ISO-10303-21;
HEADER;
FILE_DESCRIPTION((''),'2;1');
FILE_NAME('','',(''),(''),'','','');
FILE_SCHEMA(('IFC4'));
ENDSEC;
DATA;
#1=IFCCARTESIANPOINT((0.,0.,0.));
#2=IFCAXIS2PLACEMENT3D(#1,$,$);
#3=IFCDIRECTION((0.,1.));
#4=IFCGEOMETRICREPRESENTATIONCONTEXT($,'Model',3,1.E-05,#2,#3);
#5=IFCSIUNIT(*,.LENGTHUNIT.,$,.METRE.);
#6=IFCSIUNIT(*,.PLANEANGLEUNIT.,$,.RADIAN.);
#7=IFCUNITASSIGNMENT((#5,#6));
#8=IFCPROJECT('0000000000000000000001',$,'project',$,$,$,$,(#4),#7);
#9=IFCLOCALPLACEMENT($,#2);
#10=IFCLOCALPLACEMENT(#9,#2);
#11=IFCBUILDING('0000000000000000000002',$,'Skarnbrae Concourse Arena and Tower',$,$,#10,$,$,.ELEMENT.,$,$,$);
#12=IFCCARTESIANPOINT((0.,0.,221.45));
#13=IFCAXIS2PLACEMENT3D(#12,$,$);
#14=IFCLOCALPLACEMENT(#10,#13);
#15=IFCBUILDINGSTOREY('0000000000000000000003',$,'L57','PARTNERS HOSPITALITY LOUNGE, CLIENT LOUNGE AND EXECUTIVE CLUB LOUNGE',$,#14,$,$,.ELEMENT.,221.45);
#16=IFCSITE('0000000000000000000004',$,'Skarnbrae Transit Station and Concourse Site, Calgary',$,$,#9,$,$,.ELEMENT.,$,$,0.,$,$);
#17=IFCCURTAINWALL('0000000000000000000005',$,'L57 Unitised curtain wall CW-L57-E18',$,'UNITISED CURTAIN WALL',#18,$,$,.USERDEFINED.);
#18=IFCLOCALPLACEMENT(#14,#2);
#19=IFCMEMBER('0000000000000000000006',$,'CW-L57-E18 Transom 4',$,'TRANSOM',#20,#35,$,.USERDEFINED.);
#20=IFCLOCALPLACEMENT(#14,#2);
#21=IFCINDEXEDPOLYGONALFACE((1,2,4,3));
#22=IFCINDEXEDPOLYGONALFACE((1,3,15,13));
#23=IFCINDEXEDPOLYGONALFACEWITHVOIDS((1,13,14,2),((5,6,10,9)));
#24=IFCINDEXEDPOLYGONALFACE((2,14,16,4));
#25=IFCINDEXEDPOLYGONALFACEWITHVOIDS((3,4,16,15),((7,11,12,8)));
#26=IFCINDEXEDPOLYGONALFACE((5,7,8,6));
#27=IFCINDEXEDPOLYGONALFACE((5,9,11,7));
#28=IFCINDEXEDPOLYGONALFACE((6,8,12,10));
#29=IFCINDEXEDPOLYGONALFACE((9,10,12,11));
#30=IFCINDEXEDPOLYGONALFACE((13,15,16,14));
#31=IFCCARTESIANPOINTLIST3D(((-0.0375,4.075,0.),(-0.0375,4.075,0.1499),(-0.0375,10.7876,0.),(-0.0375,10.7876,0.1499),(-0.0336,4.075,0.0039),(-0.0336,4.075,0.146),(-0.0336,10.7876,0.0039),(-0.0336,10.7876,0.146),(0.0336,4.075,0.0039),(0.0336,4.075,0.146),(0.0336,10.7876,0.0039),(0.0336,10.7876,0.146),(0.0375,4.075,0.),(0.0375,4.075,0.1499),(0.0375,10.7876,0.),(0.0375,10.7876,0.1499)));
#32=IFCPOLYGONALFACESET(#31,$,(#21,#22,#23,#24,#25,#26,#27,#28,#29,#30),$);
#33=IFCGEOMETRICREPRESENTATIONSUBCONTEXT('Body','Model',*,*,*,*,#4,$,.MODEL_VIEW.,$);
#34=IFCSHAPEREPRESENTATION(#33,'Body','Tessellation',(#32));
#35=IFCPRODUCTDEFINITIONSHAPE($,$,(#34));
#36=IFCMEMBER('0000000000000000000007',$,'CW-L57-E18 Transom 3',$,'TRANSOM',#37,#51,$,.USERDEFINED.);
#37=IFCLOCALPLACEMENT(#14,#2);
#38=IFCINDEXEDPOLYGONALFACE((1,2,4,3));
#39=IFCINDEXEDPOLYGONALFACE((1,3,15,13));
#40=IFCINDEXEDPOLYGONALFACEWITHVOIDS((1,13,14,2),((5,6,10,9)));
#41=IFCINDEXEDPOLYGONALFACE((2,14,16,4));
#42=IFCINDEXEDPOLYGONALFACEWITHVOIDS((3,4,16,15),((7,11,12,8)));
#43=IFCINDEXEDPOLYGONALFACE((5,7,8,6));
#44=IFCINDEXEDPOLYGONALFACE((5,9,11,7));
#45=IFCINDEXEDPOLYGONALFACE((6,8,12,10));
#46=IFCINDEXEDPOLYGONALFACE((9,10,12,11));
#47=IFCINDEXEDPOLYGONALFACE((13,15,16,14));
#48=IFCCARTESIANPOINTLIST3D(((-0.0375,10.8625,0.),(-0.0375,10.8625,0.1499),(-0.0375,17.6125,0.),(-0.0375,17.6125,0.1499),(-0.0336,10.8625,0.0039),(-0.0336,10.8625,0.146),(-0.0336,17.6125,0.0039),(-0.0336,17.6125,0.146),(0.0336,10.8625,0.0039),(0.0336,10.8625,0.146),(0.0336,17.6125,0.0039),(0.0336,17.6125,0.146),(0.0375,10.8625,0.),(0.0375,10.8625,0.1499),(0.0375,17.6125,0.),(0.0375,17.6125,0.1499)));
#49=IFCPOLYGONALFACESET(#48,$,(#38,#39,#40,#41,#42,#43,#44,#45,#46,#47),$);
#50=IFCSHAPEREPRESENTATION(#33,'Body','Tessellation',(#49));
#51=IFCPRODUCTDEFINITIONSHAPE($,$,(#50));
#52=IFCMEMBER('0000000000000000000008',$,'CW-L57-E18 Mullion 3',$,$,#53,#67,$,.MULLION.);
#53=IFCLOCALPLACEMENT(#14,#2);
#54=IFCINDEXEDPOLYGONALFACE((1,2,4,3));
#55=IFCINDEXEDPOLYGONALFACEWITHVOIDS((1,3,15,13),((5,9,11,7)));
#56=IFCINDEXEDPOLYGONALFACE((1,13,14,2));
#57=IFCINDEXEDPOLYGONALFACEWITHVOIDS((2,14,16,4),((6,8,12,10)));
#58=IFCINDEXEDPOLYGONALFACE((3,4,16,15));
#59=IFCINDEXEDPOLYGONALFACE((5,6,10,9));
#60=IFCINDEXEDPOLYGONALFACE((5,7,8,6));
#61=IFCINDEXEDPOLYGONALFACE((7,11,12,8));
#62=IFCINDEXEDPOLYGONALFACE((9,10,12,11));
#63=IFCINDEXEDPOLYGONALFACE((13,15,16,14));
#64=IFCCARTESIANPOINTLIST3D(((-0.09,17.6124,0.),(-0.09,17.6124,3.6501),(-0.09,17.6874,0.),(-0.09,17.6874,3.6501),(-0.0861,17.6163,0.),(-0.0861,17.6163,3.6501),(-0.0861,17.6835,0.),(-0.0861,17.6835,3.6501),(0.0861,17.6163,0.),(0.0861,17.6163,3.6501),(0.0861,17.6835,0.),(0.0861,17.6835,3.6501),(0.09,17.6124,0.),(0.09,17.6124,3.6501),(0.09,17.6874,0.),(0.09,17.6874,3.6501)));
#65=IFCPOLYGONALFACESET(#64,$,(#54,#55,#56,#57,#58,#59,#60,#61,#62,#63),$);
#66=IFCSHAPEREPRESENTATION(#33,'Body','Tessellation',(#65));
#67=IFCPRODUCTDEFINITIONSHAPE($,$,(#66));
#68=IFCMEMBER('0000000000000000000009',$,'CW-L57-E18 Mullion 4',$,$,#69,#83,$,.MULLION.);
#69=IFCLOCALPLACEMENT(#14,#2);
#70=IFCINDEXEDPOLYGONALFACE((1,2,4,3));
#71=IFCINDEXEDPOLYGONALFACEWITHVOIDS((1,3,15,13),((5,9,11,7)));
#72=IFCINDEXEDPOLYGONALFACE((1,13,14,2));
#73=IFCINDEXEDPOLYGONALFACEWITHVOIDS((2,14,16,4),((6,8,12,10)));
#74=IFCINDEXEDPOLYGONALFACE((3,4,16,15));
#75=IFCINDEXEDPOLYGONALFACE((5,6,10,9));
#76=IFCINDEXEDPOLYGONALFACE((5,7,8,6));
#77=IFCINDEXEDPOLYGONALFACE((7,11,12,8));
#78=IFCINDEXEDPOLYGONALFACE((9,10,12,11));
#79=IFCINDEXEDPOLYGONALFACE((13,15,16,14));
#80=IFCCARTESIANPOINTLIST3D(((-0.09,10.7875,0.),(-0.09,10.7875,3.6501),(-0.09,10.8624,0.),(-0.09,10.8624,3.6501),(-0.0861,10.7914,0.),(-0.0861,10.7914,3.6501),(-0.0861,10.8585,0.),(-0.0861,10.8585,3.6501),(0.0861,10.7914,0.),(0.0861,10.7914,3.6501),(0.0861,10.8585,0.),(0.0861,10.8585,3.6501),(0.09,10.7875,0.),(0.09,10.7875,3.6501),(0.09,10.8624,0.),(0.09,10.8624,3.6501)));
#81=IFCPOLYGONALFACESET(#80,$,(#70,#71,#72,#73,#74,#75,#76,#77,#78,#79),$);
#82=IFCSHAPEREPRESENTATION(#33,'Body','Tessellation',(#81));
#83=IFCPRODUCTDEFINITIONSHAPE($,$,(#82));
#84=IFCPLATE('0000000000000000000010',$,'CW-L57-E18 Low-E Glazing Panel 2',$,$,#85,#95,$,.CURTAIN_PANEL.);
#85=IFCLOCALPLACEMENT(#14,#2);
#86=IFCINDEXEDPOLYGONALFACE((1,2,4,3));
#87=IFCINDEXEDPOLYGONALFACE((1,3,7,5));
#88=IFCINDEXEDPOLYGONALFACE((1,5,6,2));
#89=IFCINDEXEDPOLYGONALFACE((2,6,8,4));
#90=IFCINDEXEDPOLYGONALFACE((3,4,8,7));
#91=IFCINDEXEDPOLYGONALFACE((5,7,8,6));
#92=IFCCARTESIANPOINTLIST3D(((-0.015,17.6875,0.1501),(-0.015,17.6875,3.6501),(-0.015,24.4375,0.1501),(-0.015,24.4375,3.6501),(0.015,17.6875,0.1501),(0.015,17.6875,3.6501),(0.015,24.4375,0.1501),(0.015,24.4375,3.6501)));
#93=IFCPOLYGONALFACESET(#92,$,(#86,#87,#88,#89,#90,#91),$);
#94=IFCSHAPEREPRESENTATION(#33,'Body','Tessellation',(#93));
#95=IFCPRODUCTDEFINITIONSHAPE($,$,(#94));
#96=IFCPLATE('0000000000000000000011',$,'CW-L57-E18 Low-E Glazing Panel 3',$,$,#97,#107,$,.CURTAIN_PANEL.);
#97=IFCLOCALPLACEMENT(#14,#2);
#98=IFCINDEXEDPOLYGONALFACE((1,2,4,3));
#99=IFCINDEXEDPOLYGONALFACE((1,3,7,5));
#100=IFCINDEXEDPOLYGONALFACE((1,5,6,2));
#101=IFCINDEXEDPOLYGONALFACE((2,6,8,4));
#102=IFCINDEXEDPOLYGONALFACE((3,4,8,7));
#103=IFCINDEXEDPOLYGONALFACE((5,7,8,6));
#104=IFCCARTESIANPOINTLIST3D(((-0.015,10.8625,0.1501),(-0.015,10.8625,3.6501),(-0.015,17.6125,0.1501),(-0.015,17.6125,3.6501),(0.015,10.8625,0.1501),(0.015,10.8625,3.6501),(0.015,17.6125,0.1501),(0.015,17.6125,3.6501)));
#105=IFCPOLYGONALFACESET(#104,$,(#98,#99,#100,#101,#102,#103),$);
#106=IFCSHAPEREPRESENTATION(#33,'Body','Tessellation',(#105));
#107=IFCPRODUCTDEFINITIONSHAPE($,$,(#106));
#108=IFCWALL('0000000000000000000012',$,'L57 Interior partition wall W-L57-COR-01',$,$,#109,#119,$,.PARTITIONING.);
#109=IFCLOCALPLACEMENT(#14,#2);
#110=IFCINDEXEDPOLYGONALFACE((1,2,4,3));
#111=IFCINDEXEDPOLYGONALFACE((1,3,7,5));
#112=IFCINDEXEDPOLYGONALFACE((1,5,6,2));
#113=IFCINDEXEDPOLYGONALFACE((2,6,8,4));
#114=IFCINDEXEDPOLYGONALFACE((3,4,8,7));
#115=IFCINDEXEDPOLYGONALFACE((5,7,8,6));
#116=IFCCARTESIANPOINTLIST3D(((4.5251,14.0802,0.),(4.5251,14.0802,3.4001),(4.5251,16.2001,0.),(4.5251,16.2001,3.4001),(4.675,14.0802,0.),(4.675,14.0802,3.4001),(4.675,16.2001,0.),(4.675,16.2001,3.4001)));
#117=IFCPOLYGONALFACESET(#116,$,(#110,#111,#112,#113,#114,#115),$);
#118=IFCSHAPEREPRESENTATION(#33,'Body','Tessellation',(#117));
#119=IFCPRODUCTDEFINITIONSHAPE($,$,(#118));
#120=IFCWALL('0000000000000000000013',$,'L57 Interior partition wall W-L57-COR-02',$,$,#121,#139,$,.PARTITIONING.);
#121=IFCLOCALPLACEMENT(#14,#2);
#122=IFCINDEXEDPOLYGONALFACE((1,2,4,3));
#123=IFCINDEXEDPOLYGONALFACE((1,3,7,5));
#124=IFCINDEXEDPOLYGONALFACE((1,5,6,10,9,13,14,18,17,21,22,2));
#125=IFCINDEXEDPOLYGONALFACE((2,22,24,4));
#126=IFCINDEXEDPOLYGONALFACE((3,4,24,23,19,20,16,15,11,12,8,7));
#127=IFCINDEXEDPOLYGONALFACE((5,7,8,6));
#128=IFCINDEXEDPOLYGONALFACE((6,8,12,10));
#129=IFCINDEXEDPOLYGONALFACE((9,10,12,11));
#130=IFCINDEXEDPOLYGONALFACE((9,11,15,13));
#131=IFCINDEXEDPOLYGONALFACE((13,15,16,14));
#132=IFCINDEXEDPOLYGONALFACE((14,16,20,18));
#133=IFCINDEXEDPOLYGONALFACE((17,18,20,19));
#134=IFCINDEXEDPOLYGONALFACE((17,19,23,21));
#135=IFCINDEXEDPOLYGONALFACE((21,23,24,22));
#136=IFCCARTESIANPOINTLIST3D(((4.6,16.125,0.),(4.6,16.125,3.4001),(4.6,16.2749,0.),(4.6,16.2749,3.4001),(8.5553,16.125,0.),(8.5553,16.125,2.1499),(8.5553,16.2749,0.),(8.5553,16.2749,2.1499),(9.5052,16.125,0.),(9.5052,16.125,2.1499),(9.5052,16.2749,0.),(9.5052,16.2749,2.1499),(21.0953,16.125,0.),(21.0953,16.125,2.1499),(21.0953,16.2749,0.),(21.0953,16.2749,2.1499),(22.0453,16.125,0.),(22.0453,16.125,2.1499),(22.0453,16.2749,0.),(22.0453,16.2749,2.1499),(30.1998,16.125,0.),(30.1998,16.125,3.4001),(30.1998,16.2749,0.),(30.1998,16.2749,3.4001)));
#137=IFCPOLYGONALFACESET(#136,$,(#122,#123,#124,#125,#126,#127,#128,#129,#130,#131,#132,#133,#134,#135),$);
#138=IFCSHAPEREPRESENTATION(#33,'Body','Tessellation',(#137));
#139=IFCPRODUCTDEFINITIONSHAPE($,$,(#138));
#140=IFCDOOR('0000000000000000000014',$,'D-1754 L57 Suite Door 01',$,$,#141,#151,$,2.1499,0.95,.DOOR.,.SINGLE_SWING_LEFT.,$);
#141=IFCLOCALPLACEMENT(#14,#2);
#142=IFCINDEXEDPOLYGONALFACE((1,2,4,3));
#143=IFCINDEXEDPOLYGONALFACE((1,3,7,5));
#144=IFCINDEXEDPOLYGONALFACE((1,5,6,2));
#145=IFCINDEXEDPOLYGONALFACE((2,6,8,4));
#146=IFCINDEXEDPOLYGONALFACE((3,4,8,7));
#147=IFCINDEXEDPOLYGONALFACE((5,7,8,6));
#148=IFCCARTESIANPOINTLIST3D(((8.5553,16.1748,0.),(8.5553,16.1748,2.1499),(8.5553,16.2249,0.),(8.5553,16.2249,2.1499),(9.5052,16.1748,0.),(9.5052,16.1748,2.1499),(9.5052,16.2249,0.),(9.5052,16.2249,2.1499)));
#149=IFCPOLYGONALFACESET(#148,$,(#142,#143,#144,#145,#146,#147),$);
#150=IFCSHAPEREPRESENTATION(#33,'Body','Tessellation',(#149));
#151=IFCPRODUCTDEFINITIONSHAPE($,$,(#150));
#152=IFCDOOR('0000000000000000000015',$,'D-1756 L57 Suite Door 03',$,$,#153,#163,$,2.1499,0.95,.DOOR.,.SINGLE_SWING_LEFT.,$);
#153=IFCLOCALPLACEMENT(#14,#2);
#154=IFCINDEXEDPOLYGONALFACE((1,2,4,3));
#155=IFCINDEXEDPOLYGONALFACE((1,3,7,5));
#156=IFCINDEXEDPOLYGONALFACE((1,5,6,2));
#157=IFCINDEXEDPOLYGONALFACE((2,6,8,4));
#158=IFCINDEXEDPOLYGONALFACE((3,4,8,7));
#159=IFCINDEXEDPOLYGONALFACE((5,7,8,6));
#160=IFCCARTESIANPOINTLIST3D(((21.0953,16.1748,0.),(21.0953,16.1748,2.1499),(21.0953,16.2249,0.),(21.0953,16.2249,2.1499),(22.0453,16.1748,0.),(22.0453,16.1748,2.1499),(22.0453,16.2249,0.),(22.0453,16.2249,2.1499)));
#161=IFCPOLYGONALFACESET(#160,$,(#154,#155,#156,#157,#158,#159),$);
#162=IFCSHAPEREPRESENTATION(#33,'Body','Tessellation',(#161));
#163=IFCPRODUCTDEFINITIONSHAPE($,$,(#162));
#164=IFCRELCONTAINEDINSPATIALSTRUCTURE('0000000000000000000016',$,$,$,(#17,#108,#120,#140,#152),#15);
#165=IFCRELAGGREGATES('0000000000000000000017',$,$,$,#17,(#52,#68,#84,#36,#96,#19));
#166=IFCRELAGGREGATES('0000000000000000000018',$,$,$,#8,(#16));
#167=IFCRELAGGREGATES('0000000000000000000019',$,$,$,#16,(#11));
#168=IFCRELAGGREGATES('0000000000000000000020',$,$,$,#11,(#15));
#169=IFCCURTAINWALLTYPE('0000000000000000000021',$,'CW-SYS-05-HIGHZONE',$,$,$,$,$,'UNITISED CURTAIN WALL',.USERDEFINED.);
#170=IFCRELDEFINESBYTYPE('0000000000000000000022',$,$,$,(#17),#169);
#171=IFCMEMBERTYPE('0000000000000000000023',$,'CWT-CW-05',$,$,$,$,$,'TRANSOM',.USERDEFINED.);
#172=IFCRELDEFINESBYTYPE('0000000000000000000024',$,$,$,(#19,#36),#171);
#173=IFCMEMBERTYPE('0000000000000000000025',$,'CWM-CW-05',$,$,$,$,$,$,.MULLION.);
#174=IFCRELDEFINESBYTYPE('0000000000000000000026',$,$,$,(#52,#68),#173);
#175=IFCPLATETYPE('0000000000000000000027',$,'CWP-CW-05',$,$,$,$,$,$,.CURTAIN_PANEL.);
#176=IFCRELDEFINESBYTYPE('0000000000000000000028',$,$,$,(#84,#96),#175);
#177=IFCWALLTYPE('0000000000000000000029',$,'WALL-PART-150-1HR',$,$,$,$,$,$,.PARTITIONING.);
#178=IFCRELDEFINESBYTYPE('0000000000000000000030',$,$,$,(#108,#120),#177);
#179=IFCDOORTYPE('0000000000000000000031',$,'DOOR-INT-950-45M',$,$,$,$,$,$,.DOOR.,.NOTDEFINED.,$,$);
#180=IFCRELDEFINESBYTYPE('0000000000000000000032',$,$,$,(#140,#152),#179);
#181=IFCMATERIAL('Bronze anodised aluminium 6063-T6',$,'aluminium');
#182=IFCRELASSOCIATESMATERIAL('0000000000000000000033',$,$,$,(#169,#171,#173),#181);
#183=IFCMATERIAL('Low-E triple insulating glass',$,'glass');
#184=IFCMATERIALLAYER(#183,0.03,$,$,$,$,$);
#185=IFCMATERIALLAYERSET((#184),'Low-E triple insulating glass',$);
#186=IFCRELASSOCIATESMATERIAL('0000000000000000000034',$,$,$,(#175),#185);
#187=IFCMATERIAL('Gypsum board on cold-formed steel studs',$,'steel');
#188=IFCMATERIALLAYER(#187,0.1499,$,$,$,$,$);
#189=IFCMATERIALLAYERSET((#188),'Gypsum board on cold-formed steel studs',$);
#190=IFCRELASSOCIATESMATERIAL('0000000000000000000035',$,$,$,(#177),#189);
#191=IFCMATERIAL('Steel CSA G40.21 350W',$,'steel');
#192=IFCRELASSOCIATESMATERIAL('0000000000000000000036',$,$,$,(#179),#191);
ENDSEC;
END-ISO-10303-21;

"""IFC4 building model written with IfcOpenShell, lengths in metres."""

from ifc_helpers import new_model, si_unit, direction, frame, frame_2d, origin, origin_2d, place, context, subcontext, project, spatial, rectangle, hollow_rectangle, extrude, source, transform, mapped, material, layer, layer_set, material_profile, profile_set, type_object, element, fill, aggregate, save


model = new_model("IFC4")

# Units and contexts
model_context = context("Model", 3, precision=1e-05, world=origin(), true_north=direction((0.0, 1.0)))
body_context = subcontext(model_context, "Body", "Model", "MODEL_VIEW")
ifc_project = project(units=[si_unit("LENGTHUNIT", "METRE"), si_unit("PLANEANGLEUNIT", "RADIAN")], contexts=[model_context])

# Site, building, storey
site_placement = place(None, origin())
site = spatial("IfcSite", under=ifc_project, at=site_placement, Name="Skarnbrae Transit Station and Concourse Site, Calgary", CompositionType="ELEMENT", RefElevation=0.0)
building_placement = place(site_placement, origin())
building = spatial("IfcBuilding", under=site, at=building_placement, Name="Skarnbrae Concourse Arena and Tower", CompositionType="ELEMENT")
storey_placement = place(building_placement, frame((0.0, 0.0, 221.45)))
storey = spatial("IfcBuildingStorey", under=building, at=storey_placement, Name="L57", Description="PARTNERS HOSPITALITY LOUNGE, CLIENT LOUNGE AND EXECUTIVE CLUB LOUNGE", CompositionType="ELEMENT", Elevation=221.45)

# Shared definitions
ifc_material_1 = material(Name="Steel CSA G40.21 350W", Category="steel")

# Curtain wall, members, plates
ifc_material_2 = material(Name="Bronze anodised aluminium 6063-T6", Category="aluminium")
curtain_wall_type = type_object("IfcCurtainWallType", Name="CW-SYS-05-HIGHZONE", ElementType="UNITISED CURTAIN WALL", PredefinedType="USERDEFINED", material=ifc_material_2)
curtain_wall_placement = place(storey_placement, origin())
curtain_wall = element("IfcCurtainWall", 1, at=curtain_wall_placement, inside=storey, type_object=curtain_wall_type, Name="L57 Unitised curtain wall CW-L57-E18", ObjectType="UNITISED CURTAIN WALL", PredefinedType="USERDEFINED")
ifc_material_profile_1 = material_profile(ifc_material_2, hollow_rectangle(XDim=0.075, YDim=0.1499, WallThickness=0.0039, at=origin_2d()), Name="ALU-TRAN-75X150")
ifc_profile_set_1 = profile_set([ifc_material_profile_1], Name="Bronze anodised aluminium 6063-T6")
member_type_1 = type_object("IfcMemberType", Name="CWT-CW-05", ElementType="TRANSOM", PredefinedType="USERDEFINED", material=ifc_profile_set_1)
shared_shape_1 = source(origin(), body_context, "Body", "SweptSolid", [
    extrude(hollow_rectangle(XDim=0.075, YDim=0.1499, WallThickness=0.0039, at=origin_2d()), origin(), (0.0, 0.0, 1.0), 6.7126),
])
member_1_placement = place(storey_placement, frame((0.0, 10.7876, 0.075), z_axis=(0.0, -1.0, 0.0), x_axis=(1.0, 0.0, 0.0)))
member_1 = element("IfcMember", 2, at=member_1_placement, type_object=member_type_1, Name="CW-L57-E18 Transom 4", ObjectType="TRANSOM", PredefinedType="USERDEFINED", context=body_context, shape_type="MappedRepresentation", body=[
    mapped(shared_shape_1, transform((0.0, 0.0, 0.0))),
])
shared_shape_2 = source(origin(), body_context, "Body", "SweptSolid", [
    extrude(hollow_rectangle(XDim=0.075, YDim=0.1499, WallThickness=0.0039, at=origin_2d()), origin(), (0.0, 0.0, 1.0), 6.75),
])
member_2_placement = place(storey_placement, frame((0.0, 17.6125, 0.075), z_axis=(0.0, -1.0, 0.0), x_axis=(1.0, 0.0, 0.0)))
member_2 = element("IfcMember", 3, at=member_2_placement, type_object=member_type_1, Name="CW-L57-E18 Transom 3", ObjectType="TRANSOM", PredefinedType="USERDEFINED", context=body_context, shape_type="MappedRepresentation", body=[
    mapped(shared_shape_2, transform((0.0, 0.0, 0.0))),
])
ifc_material_profile_2 = material_profile(ifc_material_2, hollow_rectangle(XDim=0.075, YDim=0.1799, WallThickness=0.0039, at=origin_2d()), Name="ALU-MULL-75X180")
ifc_profile_set_2 = profile_set([ifc_material_profile_2], Name="Bronze anodised aluminium 6063-T6")
member_type_2 = type_object("IfcMemberType", Name="CWM-CW-05", PredefinedType="MULLION", material=ifc_profile_set_2)
shared_shape_3 = source(origin(), body_context, "Body", "SweptSolid", [
    extrude(hollow_rectangle(XDim=0.075, YDim=0.1799, WallThickness=0.0039, at=origin_2d()), origin(), (0.0, 0.0, 1.0), 3.6501),
])
member_3_placement = place(storey_placement, frame((0.0, 17.6499, 0.0), z_axis=(0.0, 0.0, 1.0), x_axis=(0.0, -1.0, 0.0)))
member_3 = element("IfcMember", 4, at=member_3_placement, type_object=member_type_2, Name="CW-L57-E18 Mullion 3", PredefinedType="MULLION", context=body_context, shape_type="MappedRepresentation", body=[
    mapped(shared_shape_3, transform((0.0, 0.0, 0.0))),
])
member_4_placement = place(storey_placement, frame((0.0, 10.825, 0.0), z_axis=(0.0, 0.0, 1.0), x_axis=(0.0, -1.0, 0.0)))
member_4 = element("IfcMember", 5, at=member_4_placement, type_object=member_type_2, Name="CW-L57-E18 Mullion 4", PredefinedType="MULLION", context=body_context, shape_type="MappedRepresentation", body=[
    mapped(shared_shape_3, transform((0.0, 0.0, 0.0))),
])
ifc_material_3 = material(Name="Low-E triple insulating glass", Category="glass")
ifc_layer_1 = layer(ifc_material_3, 0.03)
ifc_layer_set_1 = layer_set([ifc_layer_1], Name="Low-E triple insulating glass")
plate_type = type_object("IfcPlateType", Name="CWP-CW-05", PredefinedType="CURTAIN_PANEL", material=ifc_layer_set_1)
shared_shape_4 = source(origin(), body_context, "Body", "SweptSolid", [
    extrude(rectangle(XDim=6.75, YDim=0.03, at=origin_2d()), origin(), (0.0, 0.0, 1.0), 3.5),
])
plate_1_placement = place(storey_placement, frame((0.0, 21.0625, 0.1501), z_axis=(0.0, 0.0, 1.0), x_axis=(0.0, -1.0, 0.0)))
plate_1 = element("IfcPlate", 6, at=plate_1_placement, type_object=plate_type, Name="CW-L57-E18 Low-E Glazing Panel 2", PredefinedType="CURTAIN_PANEL", context=body_context, shape_type="MappedRepresentation", body=[
    mapped(shared_shape_4, transform((0.0, 0.0, 0.0))),
])
plate_2_placement = place(storey_placement, frame((0.0, 14.2375, 0.1501), z_axis=(0.0, 0.0, 1.0), x_axis=(0.0, -1.0, 0.0)))
plate_2 = element("IfcPlate", 7, at=plate_2_placement, type_object=plate_type, Name="CW-L57-E18 Low-E Glazing Panel 3", PredefinedType="CURTAIN_PANEL", context=body_context, shape_type="MappedRepresentation", body=[
    mapped(shared_shape_4, transform((0.0, 0.0, 0.0))),
])
aggregate(curtain_wall, [member_3, member_4, plate_1, member_2, plate_2, member_1])

# Wall
ifc_material_4 = material(Name="Gypsum board on cold-formed steel studs", Category="steel")
ifc_layer_2 = layer(ifc_material_4, 0.1499)
ifc_layer_set_2 = layer_set([ifc_layer_2], Name="Gypsum board on cold-formed steel studs")
wall_type_1 = type_object("IfcWallType", Name="WALL-PART-150-1HR", PredefinedType="PARTITIONING", material=ifc_layer_set_2)
shared_shape_5 = source(origin(), body_context, "Body", "SweptSolid", [
    extrude(rectangle(XDim=2.1199, YDim=0.1499, at=frame_2d((1.0601, 0.0))), origin(), (0.0, 0.0, 1.0), 3.4001),
])
wall_1_placement = place(storey_placement, frame((4.6001, 14.0801, 0.0), z_axis=(0.0, 0.0, 1.0), x_axis=(0.0, 1.0, 0.0)))
element("IfcWall", 8, at=wall_1_placement, inside=storey, type_object=wall_type_1, Name="L57 Interior partition wall W-L57-COR-01", PredefinedType="PARTITIONING", context=body_context, shape_type="MappedRepresentation", body=[
    mapped(shared_shape_5, transform((0.0, 0.0, 0.0))),
])

# Wall, openings, doors
shared_shape_6 = source(origin(), body_context, "Body", "SweptSolid", [
    extrude(rectangle(XDim=25.5999, YDim=0.1499, at=frame_2d((12.7998, 0.0))), origin(), (0.0, 0.0, 1.0), 3.4001),
])
wall_2_placement = place(storey_placement, frame((4.6001, 16.2, 0.0), z_axis=(0.0, 0.0, 1.0), x_axis=(1.0, 0.0, 0.0)))
wall_2 = element("IfcWall", 9, at=wall_2_placement, inside=storey, type_object=wall_type_1, Name="L57 Interior partition wall W-L57-COR-02", PredefinedType="PARTITIONING", context=body_context, shape_type="MappedRepresentation", body=[
    mapped(shared_shape_6, transform((0.0, 0.0, 0.0))),
])
opening_1_placement = place(wall_2_placement, frame((3.9551, 0.0, 0.0)))
opening_1 = element("IfcOpeningElement", 10, at=opening_1_placement, cuts=wall_2, PredefinedType="OPENING", context=body_context, shape_type="SweptSolid", body=[
    extrude(rectangle(XDim=0.95, YDim=2.1499, at=frame_2d((0.4751, 1.075))), frame((0.0, 0.085, 0.0), z_axis=(0.0, -1.0, 0.0), x_axis=(1.0, 0.0, 0.0)), (0.0, 0.0, 1.0), 0.1699),
])
opening_2_placement = place(wall_2_placement, frame((16.4951, 0.0, 0.0)))
opening_2 = element("IfcOpeningElement", 11, at=opening_2_placement, cuts=wall_2, PredefinedType="OPENING", context=body_context, shape_type="SweptSolid", body=[
    extrude(rectangle(XDim=0.95, YDim=2.1499, at=frame_2d((0.4751, 1.075))), frame((0.0, 0.085, 0.0), z_axis=(0.0, -1.0, 0.0), x_axis=(1.0, 0.0, 0.0)), (0.0, 0.0, 1.0), 0.1699),
])
door_type_1 = type_object("IfcDoorType", Name="DOOR-INT-950-45M", OperationType="NOTDEFINED", PredefinedType="DOOR", material=ifc_material_1)
shared_shape_7 = source(origin(), body_context, "Body", "SweptSolid", [
    extrude(rectangle(XDim=0.95, YDim=2.1499, at=frame_2d((0.4751, 1.075))), frame((0.0, 0.0249, 0.0), z_axis=(0.0, -1.0, 0.0), x_axis=(1.0, 0.0, 0.0)), (0.0, 0.0, 1.0), 0.05),
])
door_1_placement = place(opening_1_placement, origin())
door_1 = element("IfcDoor", 12, at=door_1_placement, inside=storey, type_object=door_type_1, Name="D-1754 L57 Suite Door 01", OperationType="SINGLE_SWING_LEFT", OverallHeight=2.1499, OverallWidth=0.95, PredefinedType="DOOR", context=body_context, shape_type="MappedRepresentation", body=[
    mapped(shared_shape_7, transform((0.0, 0.0, 0.0))),
])
fill(opening_1, door_1)
door_2_placement = place(opening_2_placement, origin())
door_2 = element("IfcDoor", 13, at=door_2_placement, inside=storey, type_object=door_type_1, Name="D-1756 L57 Suite Door 03", OperationType="SINGLE_SWING_LEFT", OverallHeight=2.1499, OverallWidth=0.95, PredefinedType="DOOR", context=body_context, shape_type="MappedRepresentation", body=[
    mapped(shared_shape_7, transform((0.0, 0.0, 0.0))),
])
fill(opening_2, door_2)

save(model, "model.ifc")
